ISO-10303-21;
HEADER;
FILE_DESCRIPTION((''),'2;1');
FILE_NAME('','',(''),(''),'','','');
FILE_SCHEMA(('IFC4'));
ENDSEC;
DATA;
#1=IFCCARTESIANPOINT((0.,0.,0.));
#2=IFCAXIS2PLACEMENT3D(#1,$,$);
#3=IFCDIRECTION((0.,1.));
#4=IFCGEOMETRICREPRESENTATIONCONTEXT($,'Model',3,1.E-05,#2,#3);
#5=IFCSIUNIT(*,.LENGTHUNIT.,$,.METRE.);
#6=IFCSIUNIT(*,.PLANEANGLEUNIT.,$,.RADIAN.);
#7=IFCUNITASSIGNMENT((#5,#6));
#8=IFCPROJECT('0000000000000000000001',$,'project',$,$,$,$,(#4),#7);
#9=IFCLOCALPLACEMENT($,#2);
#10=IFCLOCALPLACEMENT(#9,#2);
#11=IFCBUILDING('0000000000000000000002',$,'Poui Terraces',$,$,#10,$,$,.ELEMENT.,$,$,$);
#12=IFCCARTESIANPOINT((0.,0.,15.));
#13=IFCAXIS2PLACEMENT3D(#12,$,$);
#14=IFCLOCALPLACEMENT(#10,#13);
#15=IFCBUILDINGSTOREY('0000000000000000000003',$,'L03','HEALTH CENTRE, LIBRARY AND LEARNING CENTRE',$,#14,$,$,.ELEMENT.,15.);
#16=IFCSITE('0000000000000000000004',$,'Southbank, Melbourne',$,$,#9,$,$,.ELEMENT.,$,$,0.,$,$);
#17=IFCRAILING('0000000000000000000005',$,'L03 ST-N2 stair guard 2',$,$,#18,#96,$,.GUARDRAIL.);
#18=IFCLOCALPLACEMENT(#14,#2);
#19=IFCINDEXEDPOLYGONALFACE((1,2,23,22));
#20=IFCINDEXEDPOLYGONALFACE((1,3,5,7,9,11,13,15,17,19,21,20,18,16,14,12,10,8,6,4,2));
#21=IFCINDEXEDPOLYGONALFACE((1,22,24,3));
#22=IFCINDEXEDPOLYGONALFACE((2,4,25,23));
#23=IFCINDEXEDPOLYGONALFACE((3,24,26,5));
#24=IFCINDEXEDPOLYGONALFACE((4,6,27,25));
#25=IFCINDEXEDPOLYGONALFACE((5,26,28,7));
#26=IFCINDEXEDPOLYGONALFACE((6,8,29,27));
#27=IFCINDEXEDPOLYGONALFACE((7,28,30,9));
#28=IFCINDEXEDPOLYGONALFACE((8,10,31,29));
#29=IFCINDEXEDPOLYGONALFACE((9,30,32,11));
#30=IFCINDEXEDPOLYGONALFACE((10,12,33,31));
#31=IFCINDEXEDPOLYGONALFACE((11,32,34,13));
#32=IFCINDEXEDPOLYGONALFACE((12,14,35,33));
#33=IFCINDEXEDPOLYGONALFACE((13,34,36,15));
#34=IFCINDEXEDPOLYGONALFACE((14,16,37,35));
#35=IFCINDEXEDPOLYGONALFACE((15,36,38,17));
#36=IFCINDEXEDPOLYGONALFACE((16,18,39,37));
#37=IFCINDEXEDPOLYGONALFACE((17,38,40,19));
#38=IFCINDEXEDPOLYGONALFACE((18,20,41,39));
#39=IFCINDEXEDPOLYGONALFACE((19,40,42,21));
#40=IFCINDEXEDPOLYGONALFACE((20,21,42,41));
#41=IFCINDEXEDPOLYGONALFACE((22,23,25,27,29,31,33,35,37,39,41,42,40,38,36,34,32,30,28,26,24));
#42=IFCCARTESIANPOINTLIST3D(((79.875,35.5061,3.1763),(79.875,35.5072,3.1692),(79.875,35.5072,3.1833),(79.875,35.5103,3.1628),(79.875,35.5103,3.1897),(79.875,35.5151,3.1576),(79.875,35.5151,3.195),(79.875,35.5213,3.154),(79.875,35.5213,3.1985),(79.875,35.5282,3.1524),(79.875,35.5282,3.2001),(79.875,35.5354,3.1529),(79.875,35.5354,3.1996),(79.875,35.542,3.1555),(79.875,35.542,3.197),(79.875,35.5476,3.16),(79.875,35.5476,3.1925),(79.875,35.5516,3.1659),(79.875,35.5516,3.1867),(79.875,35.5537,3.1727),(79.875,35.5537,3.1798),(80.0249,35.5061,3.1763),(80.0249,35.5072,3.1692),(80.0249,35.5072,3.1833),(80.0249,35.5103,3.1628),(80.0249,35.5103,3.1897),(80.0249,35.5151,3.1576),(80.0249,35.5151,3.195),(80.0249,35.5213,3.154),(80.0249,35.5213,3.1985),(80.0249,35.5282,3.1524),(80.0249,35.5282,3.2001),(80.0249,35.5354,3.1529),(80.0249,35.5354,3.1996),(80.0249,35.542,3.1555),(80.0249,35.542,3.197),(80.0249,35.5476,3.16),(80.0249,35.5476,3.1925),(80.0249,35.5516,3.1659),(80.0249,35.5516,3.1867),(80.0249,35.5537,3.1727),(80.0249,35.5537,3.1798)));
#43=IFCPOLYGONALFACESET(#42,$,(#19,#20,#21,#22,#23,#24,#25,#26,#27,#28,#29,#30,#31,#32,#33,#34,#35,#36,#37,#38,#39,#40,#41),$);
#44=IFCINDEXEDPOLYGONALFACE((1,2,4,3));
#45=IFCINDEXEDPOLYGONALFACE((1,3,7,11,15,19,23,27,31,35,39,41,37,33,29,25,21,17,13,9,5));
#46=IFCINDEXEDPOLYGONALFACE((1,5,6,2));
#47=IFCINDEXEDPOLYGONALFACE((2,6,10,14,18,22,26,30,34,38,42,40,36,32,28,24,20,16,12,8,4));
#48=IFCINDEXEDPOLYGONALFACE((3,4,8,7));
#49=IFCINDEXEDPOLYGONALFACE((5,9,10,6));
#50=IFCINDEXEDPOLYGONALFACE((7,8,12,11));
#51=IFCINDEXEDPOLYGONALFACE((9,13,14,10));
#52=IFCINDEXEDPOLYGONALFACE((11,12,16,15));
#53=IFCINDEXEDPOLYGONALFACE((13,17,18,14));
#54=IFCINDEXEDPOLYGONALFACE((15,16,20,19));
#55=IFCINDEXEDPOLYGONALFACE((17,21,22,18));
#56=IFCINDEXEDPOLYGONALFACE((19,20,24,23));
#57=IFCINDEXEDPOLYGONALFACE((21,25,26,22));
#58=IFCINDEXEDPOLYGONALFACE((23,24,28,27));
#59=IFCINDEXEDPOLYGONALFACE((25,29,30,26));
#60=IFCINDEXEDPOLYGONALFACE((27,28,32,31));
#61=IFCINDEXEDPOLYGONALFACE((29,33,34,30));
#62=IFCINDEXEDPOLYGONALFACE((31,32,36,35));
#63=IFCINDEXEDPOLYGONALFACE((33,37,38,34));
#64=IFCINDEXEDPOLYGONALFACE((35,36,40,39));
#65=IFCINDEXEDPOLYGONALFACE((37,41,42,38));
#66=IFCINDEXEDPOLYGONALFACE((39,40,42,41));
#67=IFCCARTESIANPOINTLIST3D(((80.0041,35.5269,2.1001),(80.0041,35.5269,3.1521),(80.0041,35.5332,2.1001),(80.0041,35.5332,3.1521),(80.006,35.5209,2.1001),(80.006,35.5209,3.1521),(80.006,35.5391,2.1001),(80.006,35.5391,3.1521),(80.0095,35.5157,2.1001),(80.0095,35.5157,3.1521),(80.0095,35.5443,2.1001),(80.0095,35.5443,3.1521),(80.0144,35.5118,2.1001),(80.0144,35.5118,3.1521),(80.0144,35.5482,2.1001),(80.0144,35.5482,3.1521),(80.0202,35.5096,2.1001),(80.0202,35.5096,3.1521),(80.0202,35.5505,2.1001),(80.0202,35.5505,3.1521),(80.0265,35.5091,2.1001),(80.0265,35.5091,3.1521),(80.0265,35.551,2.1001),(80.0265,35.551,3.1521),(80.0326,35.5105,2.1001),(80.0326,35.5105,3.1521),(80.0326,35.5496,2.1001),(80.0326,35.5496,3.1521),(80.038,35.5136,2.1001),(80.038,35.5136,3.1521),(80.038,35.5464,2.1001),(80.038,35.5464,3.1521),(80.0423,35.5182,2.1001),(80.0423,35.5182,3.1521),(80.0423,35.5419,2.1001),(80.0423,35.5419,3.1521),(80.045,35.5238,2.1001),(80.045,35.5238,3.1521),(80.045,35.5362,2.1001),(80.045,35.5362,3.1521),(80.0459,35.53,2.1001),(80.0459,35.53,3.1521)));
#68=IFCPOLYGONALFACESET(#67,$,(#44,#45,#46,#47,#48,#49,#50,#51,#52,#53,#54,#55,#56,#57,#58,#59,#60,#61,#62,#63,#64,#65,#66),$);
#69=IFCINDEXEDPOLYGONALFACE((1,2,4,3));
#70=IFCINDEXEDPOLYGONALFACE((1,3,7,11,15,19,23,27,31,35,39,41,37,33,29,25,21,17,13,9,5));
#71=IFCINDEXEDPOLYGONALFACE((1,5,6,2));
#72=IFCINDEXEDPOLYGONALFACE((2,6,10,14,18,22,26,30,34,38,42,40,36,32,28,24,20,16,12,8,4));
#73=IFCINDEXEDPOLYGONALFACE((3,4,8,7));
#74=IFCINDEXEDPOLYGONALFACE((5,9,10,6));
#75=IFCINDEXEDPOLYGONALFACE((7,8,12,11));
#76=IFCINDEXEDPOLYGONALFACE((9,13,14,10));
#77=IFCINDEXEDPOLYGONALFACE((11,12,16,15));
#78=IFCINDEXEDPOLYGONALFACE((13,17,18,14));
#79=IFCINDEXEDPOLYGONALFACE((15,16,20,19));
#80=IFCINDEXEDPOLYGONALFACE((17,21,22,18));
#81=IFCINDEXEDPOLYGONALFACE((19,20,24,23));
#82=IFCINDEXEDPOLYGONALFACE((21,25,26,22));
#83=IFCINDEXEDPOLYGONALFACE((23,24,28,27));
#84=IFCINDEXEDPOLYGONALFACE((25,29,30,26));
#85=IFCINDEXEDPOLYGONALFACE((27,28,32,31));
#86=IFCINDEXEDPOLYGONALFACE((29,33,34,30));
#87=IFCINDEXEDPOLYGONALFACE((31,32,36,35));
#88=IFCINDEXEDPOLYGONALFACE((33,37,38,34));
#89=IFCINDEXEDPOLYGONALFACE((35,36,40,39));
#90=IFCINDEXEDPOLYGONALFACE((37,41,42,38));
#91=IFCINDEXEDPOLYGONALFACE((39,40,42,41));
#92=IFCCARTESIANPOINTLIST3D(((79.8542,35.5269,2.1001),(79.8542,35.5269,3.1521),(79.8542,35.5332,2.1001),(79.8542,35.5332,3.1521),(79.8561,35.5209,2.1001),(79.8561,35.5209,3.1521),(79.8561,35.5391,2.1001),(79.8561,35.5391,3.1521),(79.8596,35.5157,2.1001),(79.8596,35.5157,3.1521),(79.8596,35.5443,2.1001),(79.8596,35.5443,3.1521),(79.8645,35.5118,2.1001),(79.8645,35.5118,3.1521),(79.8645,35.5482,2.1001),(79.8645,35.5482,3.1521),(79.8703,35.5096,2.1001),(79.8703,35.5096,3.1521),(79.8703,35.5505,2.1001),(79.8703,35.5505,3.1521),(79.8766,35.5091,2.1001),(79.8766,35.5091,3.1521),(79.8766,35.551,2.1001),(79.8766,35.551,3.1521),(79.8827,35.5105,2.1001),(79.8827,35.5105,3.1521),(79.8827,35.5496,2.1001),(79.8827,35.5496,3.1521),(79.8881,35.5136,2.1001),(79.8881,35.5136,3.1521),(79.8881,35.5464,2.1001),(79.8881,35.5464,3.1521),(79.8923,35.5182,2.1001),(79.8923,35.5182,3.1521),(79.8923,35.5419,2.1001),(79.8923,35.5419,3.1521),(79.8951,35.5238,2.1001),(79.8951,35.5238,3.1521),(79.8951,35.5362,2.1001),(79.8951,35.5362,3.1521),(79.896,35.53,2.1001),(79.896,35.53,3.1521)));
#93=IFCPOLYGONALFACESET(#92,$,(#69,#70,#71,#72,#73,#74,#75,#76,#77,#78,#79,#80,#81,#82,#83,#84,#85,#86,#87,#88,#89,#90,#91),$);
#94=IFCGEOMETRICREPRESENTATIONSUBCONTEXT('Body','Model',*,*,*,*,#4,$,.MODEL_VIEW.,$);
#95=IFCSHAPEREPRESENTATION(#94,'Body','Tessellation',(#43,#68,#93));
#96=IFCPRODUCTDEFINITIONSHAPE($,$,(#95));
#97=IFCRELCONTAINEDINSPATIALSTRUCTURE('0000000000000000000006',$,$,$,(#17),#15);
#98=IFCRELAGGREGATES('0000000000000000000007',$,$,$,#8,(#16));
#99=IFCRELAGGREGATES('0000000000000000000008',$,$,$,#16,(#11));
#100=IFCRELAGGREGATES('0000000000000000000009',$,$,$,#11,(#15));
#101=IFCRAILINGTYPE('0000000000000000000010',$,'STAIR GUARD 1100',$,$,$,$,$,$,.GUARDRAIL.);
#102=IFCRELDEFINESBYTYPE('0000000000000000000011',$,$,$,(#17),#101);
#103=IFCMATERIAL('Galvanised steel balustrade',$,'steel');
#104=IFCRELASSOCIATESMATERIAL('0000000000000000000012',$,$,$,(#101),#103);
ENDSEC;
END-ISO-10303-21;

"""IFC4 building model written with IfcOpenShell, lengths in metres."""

from ifc_helpers import new_model, si_unit, direction, frame, origin, origin_2d, place, context, subcontext, project, spatial, circle, extrude, material, type_object, element, save


model = new_model("IFC4")

# Units and contexts
model_context = context("Model", 3, precision=1e-05, world=origin(), true_north=direction((0.0, 1.0)))
body_context = subcontext(model_context, "Body", "Model", "MODEL_VIEW")
ifc_project = project(units=[si_unit("LENGTHUNIT", "METRE"), si_unit("PLANEANGLEUNIT", "RADIAN")], contexts=[model_context])

# Site, building, storey
site_placement = place(None, origin())
site = spatial("IfcSite", under=ifc_project, at=site_placement, Name="Southbank, Melbourne", CompositionType="ELEMENT", RefElevation=0.0)
building_placement = place(site_placement, origin())
building = spatial("IfcBuilding", under=site, at=building_placement, Name="Poui Terraces", CompositionType="ELEMENT")
storey_placement = place(building_placement, frame((0.0, 0.0, 15.0)))
storey = spatial("IfcBuildingStorey", under=building, at=storey_placement, Name="L03", Description="HEALTH CENTRE, LIBRARY AND LEARNING CENTRE", CompositionType="ELEMENT", Elevation=15.0)

# Railing
ifc_material_1 = material(Name="Galvanised steel balustrade", Category="steel")
railing_type_1 = type_object("IfcRailingType", Name="STAIR GUARD 1100", PredefinedType="GUARDRAIL", material=ifc_material_1)
railing_1_placement = place(storey_placement, frame((80.0249, 35.53, 2.1001)))
element("IfcRailing", 1, at=railing_1_placement, inside=storey, type_object=railing_type_1, Name="L03 ST-N2 stair guard 2", PredefinedType="GUARDRAIL", context=body_context, shape_type="SweptSolid", body=[
    extrude(circle(Radius=0.0239, at=origin_2d()), frame((0.0, 0.0, 1.0762), z_axis=(-1.0, 0.0, 0.0), x_axis=(0.0, -1.0, 0.0)), (0.0, 0.0, 1.0), 0.1499),
    extrude(circle(Radius=0.021, at=origin_2d()), origin(), (0.0, 0.0, 1.0), 1.052),
    extrude(circle(Radius=0.021, at=origin_2d()), frame((-0.1499, 0.0, 0.0)), (0.0, 0.0, 1.0), 1.052),
])

save(model, "model.ifc")
